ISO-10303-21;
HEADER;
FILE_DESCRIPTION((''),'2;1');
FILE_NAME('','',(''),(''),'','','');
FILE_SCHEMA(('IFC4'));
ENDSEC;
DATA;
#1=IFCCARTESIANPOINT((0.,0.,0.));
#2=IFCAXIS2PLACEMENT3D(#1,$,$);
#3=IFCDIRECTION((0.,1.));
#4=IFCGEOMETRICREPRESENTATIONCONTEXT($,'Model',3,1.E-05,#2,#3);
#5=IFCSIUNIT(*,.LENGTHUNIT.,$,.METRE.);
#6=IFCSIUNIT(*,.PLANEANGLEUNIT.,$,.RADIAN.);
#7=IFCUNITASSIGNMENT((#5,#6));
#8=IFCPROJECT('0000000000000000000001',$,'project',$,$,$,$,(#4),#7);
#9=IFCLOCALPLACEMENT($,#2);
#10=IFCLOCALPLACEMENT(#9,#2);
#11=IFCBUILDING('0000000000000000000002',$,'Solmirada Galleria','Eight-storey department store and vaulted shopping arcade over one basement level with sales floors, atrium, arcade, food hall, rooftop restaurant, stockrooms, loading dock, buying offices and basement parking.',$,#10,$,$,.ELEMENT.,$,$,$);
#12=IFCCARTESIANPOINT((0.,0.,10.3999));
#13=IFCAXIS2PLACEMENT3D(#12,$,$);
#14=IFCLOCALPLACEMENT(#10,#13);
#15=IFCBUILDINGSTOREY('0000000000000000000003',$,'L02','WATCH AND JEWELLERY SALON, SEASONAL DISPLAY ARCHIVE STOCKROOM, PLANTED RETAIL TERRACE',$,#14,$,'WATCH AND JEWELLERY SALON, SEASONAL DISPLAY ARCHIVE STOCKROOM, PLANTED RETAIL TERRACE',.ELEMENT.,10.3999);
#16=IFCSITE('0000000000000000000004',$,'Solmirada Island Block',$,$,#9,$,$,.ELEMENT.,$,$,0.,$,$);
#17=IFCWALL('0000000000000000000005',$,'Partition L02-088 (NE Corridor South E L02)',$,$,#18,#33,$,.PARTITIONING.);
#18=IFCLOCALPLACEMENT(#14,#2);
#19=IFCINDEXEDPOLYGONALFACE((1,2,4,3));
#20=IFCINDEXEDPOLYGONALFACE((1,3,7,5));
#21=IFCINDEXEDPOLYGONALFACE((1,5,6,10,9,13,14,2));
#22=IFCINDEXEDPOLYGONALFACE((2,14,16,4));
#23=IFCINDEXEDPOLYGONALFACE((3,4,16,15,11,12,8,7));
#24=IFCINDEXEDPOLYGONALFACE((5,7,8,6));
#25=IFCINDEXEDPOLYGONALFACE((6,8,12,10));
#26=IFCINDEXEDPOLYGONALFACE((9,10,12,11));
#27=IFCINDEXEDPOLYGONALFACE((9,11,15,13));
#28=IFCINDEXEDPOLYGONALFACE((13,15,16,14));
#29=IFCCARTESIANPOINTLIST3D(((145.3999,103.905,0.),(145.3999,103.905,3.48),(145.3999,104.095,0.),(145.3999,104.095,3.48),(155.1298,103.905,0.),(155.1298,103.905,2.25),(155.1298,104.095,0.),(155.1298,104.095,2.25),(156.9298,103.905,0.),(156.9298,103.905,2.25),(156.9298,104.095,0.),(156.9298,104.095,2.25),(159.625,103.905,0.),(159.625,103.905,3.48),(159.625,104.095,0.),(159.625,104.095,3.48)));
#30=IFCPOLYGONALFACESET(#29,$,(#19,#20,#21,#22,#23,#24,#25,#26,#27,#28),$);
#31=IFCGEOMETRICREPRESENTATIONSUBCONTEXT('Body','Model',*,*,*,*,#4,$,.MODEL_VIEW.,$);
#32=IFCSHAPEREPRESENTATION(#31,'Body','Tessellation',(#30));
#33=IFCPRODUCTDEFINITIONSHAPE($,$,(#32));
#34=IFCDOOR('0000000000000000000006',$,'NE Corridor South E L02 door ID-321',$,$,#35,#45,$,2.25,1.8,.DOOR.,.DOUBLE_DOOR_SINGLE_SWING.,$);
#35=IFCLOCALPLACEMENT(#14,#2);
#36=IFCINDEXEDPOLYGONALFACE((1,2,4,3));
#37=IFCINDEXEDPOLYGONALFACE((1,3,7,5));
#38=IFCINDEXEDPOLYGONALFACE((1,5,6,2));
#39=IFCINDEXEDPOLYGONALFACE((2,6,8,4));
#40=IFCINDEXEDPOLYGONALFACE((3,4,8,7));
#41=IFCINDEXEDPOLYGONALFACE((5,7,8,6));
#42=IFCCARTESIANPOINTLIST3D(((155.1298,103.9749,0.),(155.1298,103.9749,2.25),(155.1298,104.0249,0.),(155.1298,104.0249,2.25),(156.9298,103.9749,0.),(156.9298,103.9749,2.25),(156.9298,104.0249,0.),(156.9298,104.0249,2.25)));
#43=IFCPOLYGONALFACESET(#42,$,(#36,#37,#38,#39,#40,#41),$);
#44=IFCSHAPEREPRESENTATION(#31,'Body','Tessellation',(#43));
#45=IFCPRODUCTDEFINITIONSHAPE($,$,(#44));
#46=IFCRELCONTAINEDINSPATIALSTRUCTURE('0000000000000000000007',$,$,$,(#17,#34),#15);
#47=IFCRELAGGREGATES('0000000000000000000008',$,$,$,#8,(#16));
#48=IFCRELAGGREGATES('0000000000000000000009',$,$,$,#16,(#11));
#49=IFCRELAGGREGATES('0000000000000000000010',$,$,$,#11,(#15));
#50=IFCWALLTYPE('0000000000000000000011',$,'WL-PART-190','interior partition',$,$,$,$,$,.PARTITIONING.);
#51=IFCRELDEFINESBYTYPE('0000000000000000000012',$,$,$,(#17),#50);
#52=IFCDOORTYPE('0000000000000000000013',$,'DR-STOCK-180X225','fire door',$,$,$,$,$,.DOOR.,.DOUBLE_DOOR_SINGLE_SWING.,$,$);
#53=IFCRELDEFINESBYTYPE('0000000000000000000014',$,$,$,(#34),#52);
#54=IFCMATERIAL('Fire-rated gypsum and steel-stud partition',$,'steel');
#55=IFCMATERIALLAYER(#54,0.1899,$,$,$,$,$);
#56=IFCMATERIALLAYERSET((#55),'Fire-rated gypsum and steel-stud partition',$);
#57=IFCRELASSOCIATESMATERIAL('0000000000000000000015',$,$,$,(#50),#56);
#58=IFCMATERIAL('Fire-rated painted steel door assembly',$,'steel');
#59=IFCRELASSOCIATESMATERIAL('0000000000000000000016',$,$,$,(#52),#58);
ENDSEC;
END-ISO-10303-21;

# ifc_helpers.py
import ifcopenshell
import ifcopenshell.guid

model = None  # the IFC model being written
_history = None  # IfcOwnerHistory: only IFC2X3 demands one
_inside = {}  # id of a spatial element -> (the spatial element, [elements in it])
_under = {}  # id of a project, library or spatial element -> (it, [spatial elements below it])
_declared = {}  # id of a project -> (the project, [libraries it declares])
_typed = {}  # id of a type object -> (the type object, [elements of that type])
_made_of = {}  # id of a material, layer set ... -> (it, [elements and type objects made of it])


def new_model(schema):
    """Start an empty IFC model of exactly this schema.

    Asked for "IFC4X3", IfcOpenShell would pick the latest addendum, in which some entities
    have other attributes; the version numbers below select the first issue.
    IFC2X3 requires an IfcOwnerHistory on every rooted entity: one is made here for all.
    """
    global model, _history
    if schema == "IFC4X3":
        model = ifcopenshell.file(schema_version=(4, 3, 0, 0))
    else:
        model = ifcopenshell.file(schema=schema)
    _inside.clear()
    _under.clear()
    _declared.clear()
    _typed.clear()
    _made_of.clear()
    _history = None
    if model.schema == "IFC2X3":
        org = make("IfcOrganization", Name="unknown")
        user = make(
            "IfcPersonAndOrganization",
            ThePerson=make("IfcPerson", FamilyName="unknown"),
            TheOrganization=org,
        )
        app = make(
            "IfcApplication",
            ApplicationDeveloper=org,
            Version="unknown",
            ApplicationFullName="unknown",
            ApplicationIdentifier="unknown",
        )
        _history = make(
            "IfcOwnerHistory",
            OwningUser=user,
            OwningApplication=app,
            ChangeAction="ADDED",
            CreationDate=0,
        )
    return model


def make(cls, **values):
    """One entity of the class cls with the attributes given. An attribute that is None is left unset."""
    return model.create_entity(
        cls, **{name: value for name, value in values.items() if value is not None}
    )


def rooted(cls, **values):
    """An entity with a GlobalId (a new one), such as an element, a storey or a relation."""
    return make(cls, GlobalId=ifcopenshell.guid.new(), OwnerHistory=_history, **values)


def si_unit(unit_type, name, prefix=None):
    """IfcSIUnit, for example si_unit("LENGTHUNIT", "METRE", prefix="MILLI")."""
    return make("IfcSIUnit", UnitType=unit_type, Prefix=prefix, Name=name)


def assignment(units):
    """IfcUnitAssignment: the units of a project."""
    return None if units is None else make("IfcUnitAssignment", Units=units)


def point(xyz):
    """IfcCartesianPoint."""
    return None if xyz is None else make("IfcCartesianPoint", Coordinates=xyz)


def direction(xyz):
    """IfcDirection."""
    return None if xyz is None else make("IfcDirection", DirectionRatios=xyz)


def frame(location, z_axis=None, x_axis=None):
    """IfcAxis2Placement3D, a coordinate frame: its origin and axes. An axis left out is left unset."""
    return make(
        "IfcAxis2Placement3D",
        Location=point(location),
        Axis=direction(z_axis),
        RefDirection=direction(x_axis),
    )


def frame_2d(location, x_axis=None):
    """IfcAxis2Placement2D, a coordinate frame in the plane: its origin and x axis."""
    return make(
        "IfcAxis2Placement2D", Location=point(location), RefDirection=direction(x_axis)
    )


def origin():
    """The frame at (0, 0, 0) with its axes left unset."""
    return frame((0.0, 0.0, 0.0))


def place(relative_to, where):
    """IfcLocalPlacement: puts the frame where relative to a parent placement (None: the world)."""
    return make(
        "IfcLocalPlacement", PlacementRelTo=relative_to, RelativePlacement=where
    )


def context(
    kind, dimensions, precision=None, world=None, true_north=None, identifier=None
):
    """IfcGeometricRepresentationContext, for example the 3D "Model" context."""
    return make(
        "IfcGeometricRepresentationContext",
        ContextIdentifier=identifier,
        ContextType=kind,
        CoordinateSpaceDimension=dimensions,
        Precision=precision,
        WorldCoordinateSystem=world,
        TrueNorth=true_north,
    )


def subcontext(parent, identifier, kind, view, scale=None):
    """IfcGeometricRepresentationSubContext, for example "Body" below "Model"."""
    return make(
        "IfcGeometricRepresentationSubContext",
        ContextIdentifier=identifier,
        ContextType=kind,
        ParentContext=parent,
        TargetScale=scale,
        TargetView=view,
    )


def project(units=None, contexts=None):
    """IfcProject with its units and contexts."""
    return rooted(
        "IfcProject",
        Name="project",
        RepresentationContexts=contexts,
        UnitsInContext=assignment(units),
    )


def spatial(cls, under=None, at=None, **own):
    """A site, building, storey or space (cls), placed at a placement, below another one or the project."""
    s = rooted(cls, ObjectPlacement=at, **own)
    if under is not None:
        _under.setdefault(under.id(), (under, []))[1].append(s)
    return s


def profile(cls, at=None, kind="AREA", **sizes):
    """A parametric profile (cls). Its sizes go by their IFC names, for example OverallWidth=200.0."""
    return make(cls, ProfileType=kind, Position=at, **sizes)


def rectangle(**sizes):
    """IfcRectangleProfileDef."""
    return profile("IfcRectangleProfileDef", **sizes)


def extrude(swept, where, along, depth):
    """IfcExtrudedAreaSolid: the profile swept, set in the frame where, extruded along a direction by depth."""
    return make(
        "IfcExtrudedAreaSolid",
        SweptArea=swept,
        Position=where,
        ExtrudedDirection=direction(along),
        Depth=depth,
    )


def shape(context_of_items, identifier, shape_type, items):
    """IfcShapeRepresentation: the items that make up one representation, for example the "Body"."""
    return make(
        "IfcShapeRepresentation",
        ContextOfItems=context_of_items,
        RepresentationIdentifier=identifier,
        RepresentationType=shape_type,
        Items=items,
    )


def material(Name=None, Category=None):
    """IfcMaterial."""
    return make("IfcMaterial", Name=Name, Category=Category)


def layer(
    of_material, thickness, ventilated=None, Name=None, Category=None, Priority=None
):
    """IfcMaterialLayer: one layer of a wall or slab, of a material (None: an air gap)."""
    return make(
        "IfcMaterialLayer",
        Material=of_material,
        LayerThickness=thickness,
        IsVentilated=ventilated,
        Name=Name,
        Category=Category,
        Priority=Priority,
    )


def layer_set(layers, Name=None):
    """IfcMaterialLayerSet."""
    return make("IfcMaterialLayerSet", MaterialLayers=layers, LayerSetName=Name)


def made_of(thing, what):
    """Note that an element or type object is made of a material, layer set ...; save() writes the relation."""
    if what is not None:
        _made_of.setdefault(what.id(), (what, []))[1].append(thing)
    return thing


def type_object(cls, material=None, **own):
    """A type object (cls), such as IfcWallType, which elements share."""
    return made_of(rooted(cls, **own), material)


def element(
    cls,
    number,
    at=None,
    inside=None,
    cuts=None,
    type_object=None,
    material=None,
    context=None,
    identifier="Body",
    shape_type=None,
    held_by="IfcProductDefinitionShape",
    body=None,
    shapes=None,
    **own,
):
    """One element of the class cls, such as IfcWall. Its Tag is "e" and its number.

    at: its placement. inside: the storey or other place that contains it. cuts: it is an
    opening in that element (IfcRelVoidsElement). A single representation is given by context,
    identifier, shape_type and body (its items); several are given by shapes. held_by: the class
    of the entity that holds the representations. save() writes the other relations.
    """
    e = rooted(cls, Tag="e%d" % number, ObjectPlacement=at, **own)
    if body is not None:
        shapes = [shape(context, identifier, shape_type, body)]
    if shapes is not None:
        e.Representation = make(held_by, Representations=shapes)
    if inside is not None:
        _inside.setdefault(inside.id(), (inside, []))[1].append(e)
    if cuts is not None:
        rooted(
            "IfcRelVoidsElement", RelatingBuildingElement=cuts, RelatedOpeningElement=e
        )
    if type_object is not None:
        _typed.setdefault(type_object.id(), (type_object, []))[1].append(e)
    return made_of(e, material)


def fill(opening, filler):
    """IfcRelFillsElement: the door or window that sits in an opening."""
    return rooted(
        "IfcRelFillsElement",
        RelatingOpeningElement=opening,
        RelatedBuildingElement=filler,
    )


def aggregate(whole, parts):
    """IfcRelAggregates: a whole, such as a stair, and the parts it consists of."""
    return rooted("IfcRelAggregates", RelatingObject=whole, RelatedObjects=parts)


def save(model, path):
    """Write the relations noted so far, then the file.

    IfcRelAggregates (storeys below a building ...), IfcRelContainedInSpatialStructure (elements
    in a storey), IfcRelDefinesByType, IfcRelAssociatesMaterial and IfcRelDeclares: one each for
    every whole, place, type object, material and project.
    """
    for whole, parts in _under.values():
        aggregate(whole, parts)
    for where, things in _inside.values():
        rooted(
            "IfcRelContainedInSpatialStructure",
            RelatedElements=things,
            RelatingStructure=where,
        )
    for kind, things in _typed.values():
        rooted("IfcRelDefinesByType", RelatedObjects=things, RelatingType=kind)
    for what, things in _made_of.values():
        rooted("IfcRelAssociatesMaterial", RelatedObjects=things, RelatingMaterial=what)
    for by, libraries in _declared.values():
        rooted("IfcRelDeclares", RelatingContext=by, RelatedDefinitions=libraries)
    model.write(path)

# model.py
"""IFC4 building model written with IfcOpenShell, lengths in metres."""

from ifc_helpers import new_model, si_unit, direction, frame, frame_2d, origin, place, context, subcontext, project, spatial, rectangle, extrude, material, layer, layer_set, type_object, element, fill, save


model = new_model("IFC4")

# Units and contexts
model_context = context("Model", 3, precision=1e-05, world=origin(), true_north=direction((0.0, 1.0)))
body_context = subcontext(model_context, "Body", "Model", "MODEL_VIEW")
ifc_project = project(units=[si_unit("LENGTHUNIT", "METRE"), si_unit("PLANEANGLEUNIT", "RADIAN")], contexts=[model_context])

# Site, building, storey
site_placement = place(None, origin())
site = spatial("IfcSite", under=ifc_project, at=site_placement, Name="Solmirada Island Block", CompositionType="ELEMENT", RefElevation=0.0)
building_placement = place(site_placement, origin())
building = spatial("IfcBuilding", under=site, at=building_placement, Name="Solmirada Galleria", Description="Eight-storey department store and vaulted shopping arcade over one basement level with sales floors, atrium, arcade, food hall, rooftop restaurant, stockrooms, loading dock, buying offices and basement parking.", CompositionType="ELEMENT")
storey_placement = place(building_placement, frame((0.0, 0.0, 10.3999)))
storey = spatial("IfcBuildingStorey", under=building, at=storey_placement, Name="L02", Description="WATCH AND JEWELLERY SALON, SEASONAL DISPLAY ARCHIVE STOCKROOM, PLANTED RETAIL TERRACE", LongName="WATCH AND JEWELLERY SALON, SEASONAL DISPLAY ARCHIVE STOCKROOM, PLANTED RETAIL TERRACE", CompositionType="ELEMENT", Elevation=10.3999)

# Wall, opening, door
ifc_material_1 = material(Name="Fire-rated gypsum and steel-stud partition", Category="steel")
ifc_layer_1 = layer(ifc_material_1, 0.1899)
ifc_layer_set_1 = layer_set([ifc_layer_1], Name="Fire-rated gypsum and steel-stud partition")
wall_type_1 = type_object("IfcWallType", Name="WL-PART-190", Description="interior partition", PredefinedType="PARTITIONING", material=ifc_layer_set_1)
wall_1_placement = place(storey_placement, frame((145.3999, 104.0, 0.0), z_axis=(0.0, 0.0, 1.0), x_axis=(1.0, 0.0, 0.0)))
wall_1 = element("IfcWall", 1, at=wall_1_placement, inside=storey, type_object=wall_type_1, Name="Partition L02-088 (NE Corridor South E L02)", PredefinedType="PARTITIONING", context=body_context, shape_type="SweptSolid", body=[
    extrude(rectangle(XDim=14.2251, YDim=0.1899, at=frame_2d((7.1125, 0.0))), origin(), (0.0, 0.0, 1.0), 3.48),
])
opening_placement = place(wall_1_placement, frame((9.73, 0.0, 0.0)))
opening = element("IfcOpeningElement", 2, at=opening_placement, cuts=wall_1, PredefinedType="OPENING", context=body_context, shape_type="SweptSolid", body=[
    extrude(rectangle(XDim=1.8, YDim=2.25, at=frame_2d((0.8999, 1.125))), frame((0.0, 0.105, 0.0), z_axis=(0.0, -1.0, 0.0), x_axis=(1.0, 0.0, 0.0)), (0.0, 0.0, 1.0), 0.21),
])
ifc_material_2 = material(Name="Fire-rated painted steel door assembly", Category="steel")
door_type = type_object("IfcDoorType", Name="DR-STOCK-180X225", Description="fire door", OperationType="DOUBLE_DOOR_SINGLE_SWING", PredefinedType="DOOR", material=ifc_material_2)
door_placement = place(opening_placement, origin())
door = element("IfcDoor", 3, at=door_placement, inside=storey, type_object=door_type, Name="NE Corridor South E L02 door ID-321", OperationType="DOUBLE_DOOR_SINGLE_SWING", OverallHeight=2.25, OverallWidth=1.8, PredefinedType="DOOR", context=body_context, shape_type="SweptSolid", body=[
    extrude(rectangle(XDim=1.8, YDim=2.25, at=frame_2d((0.8999, 1.125))), frame((0.0, 0.0249, 0.0), z_axis=(0.0, -1.0, 0.0), x_axis=(1.0, 0.0, 0.0)), (0.0, 0.0, 1.0), 0.05),
])
fill(opening, door)

save(model, "model.ifc")
